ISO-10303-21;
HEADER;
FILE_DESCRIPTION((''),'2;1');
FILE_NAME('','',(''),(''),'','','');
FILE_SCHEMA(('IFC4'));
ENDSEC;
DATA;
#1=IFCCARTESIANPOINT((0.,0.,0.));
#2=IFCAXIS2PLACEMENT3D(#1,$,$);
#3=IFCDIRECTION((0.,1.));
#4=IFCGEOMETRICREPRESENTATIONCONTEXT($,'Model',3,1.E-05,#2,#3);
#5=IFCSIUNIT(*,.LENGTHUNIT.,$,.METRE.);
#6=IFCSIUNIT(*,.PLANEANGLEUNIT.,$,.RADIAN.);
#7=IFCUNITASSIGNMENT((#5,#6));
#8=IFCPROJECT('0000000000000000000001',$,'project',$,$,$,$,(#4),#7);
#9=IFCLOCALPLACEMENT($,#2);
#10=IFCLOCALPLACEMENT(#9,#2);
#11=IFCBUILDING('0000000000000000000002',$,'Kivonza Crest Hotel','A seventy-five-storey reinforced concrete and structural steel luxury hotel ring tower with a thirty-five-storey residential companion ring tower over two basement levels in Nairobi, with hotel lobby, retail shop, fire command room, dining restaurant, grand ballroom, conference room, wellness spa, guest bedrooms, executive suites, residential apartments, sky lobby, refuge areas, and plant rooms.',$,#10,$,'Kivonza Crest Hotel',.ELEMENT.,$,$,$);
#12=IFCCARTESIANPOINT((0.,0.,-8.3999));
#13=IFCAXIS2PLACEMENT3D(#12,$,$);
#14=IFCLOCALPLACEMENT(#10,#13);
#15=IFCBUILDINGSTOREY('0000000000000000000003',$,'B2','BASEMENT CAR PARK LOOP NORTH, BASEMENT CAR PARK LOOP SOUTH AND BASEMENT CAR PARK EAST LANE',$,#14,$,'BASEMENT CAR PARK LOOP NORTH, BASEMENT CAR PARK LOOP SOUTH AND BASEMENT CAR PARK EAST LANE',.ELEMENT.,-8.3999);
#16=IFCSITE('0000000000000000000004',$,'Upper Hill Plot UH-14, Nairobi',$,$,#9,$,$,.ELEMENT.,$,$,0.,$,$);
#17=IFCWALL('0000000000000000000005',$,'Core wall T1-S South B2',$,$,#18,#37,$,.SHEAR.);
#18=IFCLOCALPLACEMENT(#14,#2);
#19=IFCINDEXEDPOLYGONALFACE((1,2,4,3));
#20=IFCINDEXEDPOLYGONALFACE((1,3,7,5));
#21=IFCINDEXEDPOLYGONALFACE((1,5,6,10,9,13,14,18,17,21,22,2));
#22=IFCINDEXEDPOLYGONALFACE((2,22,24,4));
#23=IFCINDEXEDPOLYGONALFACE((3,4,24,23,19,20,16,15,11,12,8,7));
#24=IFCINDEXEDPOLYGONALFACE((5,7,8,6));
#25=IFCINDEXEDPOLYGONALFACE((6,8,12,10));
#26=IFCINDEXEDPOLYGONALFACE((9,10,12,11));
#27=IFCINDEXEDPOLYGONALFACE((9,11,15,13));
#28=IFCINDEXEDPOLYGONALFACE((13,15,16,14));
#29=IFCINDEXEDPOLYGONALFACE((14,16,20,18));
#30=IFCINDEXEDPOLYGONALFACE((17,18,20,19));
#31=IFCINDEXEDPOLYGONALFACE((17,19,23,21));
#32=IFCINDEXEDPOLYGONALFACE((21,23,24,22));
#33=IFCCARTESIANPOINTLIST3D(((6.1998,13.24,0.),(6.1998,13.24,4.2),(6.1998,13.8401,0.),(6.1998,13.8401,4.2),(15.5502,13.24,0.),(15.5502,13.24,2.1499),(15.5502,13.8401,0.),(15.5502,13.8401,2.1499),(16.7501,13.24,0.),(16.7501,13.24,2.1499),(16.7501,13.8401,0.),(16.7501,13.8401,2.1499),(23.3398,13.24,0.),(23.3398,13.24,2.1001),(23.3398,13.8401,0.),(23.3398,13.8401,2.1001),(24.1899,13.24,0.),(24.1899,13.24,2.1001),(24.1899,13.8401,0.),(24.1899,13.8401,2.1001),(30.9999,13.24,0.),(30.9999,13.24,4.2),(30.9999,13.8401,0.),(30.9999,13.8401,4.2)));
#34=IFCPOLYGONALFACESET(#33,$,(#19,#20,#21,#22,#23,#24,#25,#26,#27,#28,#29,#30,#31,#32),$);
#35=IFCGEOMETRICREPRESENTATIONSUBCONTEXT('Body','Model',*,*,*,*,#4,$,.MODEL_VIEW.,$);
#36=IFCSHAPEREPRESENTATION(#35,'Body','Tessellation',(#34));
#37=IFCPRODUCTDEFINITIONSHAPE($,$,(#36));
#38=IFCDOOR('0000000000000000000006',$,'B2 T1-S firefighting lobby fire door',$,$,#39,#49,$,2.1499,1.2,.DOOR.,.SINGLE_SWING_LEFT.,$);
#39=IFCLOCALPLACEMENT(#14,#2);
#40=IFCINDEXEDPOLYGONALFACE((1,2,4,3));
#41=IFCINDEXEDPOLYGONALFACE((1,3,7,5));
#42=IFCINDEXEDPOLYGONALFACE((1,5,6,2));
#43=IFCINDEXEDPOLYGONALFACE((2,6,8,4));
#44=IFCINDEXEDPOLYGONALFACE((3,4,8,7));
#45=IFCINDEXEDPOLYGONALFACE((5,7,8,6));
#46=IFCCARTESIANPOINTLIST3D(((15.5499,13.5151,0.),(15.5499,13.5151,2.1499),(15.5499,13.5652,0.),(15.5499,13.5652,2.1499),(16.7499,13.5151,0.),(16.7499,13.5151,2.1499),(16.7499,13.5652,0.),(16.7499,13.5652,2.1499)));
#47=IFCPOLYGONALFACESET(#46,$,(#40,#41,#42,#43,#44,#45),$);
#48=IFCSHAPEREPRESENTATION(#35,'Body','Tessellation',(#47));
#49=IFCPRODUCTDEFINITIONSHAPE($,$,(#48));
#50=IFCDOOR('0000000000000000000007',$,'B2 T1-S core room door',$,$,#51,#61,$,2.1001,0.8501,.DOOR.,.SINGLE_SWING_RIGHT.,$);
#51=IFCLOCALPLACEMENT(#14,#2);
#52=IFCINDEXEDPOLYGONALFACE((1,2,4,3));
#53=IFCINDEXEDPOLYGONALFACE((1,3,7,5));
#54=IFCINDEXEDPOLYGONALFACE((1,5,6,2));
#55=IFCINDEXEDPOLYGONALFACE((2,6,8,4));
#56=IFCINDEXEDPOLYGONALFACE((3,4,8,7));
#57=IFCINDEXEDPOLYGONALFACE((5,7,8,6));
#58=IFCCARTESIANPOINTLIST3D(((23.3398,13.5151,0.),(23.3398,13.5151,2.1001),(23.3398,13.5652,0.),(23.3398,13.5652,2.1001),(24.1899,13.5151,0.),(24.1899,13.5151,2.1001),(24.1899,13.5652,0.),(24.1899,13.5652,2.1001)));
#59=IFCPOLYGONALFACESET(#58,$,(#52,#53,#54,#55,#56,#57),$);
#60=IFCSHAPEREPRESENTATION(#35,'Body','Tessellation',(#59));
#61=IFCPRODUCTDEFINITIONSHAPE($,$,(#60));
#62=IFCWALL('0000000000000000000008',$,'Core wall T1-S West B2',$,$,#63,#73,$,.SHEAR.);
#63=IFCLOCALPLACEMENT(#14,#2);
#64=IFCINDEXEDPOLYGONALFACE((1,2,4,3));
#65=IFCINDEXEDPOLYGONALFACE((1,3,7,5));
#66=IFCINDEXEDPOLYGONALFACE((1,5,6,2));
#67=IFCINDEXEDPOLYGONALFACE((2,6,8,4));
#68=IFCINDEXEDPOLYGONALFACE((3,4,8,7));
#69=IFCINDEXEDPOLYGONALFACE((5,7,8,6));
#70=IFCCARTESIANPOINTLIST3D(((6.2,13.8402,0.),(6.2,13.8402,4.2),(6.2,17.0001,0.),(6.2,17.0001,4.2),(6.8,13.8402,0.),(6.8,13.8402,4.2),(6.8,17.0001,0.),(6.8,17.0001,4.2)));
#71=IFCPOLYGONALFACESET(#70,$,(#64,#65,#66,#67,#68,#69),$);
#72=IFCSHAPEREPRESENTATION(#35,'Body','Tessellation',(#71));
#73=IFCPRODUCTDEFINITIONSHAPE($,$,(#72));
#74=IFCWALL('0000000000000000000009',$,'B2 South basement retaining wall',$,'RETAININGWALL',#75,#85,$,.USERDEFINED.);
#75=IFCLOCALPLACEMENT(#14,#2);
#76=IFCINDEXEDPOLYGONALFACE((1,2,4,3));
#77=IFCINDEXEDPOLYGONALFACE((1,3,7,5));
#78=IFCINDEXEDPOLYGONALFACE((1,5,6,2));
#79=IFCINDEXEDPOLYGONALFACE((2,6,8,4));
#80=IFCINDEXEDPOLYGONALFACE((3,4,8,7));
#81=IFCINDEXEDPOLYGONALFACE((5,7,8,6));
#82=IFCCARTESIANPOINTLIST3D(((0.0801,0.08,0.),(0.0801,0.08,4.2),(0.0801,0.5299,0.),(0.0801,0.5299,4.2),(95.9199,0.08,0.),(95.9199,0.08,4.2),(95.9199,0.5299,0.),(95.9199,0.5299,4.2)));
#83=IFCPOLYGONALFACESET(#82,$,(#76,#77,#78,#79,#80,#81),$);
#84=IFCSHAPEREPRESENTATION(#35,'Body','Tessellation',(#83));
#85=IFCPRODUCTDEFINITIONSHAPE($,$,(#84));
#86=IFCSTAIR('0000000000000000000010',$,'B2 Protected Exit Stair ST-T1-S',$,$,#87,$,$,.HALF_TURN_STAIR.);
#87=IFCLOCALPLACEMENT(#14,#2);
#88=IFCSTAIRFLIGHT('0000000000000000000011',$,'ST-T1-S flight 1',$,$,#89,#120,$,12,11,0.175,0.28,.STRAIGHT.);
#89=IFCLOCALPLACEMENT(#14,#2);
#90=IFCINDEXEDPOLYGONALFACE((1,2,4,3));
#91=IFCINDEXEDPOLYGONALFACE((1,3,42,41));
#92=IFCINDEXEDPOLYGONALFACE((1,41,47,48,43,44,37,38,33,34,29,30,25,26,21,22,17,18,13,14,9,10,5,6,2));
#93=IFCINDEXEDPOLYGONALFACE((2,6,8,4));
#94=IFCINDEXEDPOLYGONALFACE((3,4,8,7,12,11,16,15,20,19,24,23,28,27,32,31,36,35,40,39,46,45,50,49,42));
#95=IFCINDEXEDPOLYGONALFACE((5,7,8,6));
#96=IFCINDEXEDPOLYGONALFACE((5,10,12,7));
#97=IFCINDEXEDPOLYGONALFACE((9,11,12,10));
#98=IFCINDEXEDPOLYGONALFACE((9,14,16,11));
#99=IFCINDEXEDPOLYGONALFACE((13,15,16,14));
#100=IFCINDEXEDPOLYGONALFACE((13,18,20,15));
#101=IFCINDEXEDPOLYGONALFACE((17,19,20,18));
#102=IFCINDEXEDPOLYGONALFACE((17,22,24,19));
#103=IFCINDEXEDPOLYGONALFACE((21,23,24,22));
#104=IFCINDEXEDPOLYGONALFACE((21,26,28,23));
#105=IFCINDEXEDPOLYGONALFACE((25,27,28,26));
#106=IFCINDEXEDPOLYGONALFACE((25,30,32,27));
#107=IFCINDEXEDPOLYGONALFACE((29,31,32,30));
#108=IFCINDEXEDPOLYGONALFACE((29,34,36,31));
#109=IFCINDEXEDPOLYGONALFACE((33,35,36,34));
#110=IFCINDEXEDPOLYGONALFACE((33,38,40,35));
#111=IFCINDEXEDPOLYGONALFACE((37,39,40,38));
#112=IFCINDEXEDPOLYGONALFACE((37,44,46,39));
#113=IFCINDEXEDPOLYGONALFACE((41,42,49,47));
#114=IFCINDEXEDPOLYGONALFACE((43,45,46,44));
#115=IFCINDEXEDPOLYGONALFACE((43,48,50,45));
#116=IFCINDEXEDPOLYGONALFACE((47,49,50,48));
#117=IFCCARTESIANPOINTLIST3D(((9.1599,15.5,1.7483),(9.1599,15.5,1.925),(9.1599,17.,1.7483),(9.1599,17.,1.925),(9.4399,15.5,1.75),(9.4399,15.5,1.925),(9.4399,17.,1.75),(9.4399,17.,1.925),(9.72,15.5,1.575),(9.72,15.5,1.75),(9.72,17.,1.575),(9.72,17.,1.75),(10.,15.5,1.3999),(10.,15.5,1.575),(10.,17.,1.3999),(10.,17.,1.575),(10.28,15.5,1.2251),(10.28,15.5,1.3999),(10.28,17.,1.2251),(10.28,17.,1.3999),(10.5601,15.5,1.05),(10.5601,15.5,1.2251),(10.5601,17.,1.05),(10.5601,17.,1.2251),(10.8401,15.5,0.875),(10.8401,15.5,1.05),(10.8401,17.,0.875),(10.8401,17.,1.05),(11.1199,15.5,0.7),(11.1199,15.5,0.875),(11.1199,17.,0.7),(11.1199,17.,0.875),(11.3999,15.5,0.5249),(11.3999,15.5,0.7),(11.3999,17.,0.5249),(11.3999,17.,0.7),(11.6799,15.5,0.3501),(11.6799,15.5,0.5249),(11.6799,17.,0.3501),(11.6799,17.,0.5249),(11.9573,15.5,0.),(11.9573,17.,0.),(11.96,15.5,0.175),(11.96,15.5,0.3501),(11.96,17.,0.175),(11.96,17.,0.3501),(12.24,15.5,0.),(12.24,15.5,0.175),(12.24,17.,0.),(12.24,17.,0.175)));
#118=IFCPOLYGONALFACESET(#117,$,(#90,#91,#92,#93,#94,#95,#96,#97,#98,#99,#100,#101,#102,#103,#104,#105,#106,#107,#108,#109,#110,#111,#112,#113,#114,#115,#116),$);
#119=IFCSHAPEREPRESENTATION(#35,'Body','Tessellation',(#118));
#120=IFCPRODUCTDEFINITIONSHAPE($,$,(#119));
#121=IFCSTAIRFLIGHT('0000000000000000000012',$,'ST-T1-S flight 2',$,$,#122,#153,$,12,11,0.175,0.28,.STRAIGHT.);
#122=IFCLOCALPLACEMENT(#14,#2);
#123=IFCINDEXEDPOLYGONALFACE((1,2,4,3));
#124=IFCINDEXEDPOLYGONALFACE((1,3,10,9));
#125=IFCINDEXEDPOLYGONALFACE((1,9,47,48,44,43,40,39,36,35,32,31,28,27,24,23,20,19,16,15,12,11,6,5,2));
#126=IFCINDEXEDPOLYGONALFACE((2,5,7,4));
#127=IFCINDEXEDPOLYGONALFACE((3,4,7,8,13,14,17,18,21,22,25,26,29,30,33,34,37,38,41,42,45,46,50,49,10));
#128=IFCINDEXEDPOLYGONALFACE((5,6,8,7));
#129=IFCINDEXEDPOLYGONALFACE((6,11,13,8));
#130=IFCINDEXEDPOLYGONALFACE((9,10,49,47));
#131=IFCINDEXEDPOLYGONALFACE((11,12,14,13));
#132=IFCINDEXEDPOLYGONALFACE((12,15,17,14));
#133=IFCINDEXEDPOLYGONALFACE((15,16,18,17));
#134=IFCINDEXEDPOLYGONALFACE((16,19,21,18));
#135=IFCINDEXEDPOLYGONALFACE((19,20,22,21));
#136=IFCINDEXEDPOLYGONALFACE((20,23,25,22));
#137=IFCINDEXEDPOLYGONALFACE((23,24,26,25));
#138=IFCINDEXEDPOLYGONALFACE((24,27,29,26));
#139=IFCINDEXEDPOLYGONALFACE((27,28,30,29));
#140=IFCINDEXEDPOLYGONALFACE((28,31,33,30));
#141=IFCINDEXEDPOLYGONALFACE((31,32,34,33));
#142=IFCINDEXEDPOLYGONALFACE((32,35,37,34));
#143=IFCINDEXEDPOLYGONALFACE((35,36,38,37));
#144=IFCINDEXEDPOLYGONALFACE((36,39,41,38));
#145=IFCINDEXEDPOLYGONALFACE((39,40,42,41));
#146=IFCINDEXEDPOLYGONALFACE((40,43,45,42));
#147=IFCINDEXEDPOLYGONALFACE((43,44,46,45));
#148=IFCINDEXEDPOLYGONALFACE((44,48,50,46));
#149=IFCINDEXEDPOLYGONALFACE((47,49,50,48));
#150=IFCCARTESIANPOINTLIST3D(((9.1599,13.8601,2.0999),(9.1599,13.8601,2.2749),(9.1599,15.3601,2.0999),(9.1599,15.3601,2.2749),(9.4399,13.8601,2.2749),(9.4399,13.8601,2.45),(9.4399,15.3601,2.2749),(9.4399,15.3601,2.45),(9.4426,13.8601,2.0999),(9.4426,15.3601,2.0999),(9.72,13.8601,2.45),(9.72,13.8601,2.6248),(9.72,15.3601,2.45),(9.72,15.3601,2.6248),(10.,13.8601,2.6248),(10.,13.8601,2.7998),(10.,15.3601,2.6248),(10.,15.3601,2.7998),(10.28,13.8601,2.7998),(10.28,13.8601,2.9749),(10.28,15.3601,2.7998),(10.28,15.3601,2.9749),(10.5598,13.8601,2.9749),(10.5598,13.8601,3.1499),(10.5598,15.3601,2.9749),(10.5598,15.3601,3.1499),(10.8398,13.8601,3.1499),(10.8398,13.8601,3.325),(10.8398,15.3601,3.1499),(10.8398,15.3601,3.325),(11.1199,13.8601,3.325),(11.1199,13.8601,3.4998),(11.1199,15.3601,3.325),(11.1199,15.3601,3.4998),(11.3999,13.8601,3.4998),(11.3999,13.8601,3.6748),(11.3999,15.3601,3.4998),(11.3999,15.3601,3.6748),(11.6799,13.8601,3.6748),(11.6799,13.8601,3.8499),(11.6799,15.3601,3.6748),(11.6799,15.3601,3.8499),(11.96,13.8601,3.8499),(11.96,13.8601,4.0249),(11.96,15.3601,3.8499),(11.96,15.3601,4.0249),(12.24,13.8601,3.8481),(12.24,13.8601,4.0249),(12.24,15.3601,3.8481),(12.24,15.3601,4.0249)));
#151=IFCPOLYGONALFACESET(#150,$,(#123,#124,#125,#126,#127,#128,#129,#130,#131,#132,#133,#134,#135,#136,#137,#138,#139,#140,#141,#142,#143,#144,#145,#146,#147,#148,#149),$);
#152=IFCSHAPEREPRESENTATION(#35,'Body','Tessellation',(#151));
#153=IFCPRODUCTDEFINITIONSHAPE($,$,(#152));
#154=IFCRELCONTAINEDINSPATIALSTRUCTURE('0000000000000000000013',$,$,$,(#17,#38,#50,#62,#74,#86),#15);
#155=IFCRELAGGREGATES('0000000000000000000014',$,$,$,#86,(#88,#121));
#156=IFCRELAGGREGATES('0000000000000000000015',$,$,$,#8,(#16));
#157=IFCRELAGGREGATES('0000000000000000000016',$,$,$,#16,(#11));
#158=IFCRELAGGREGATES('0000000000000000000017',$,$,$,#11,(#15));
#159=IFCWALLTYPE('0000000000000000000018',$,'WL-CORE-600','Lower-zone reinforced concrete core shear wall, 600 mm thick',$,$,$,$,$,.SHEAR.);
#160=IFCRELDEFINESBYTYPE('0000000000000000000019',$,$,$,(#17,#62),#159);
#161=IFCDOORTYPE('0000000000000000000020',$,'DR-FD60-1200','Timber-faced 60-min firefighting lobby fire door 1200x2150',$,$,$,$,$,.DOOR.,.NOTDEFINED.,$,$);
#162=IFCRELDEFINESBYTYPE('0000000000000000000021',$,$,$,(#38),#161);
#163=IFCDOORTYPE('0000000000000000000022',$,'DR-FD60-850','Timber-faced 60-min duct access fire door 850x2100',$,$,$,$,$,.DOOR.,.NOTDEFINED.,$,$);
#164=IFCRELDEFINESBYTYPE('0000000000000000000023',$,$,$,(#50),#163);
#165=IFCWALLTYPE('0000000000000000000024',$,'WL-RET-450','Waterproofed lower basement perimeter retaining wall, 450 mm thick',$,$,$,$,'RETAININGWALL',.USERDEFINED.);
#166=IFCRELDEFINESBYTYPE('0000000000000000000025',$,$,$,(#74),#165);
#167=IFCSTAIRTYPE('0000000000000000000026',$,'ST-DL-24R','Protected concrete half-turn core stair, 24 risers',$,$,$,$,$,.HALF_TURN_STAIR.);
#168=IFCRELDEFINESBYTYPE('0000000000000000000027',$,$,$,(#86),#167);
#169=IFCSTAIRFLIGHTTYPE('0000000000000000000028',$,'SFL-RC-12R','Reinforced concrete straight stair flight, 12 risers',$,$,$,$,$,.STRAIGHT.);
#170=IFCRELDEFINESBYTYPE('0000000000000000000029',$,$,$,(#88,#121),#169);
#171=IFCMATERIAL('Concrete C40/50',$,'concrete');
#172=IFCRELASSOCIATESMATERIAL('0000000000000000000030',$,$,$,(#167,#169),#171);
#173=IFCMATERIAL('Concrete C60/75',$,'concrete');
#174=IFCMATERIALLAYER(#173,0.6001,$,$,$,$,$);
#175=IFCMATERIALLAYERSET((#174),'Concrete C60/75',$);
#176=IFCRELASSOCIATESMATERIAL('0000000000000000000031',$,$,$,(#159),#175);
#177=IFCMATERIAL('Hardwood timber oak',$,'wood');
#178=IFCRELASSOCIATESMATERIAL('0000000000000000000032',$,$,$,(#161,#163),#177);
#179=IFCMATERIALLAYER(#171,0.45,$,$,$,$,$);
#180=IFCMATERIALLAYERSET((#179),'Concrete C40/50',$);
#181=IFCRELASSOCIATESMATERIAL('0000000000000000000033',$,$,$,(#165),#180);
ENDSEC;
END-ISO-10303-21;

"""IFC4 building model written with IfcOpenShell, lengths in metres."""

from ifc_helpers import new_model, si_unit, direction, frame, frame_2d, origin, place, context, subcontext, project, spatial, polyline, rectangle, outline, extrude, material, layer, layer_set, type_object, element, fill, aggregate, save


model = new_model("IFC4")

# Units and contexts
model_context = context("Model", 3, precision=1e-05, world=origin(), true_north=direction((0.0, 1.0)))
body_context = subcontext(model_context, "Body", "Model", "MODEL_VIEW")
ifc_project = project(units=[si_unit("LENGTHUNIT", "METRE"), si_unit("PLANEANGLEUNIT", "RADIAN")], contexts=[model_context])

# Site, building, storey
site_placement = place(None, origin())
site = spatial("IfcSite", under=ifc_project, at=site_placement, Name="Upper Hill Plot UH-14, Nairobi", CompositionType="ELEMENT", RefElevation=0.0)
building_placement = place(site_placement, origin())
building = spatial("IfcBuilding", under=site, at=building_placement, Name="Kivonza Crest Hotel", Description="A seventy-five-storey reinforced concrete and structural steel luxury hotel ring tower with a thirty-five-storey residential companion ring tower over two basement levels in Nairobi, with hotel lobby, retail shop, fire command room, dining restaurant, grand ballroom, conference room, wellness spa, guest bedrooms, executive suites, residential apartments, sky lobby, refuge areas, and plant rooms.", LongName="Kivonza Crest Hotel", CompositionType="ELEMENT")
storey_placement = place(building_placement, frame((0.0, 0.0, -8.3999)))
storey = spatial("IfcBuildingStorey", under=building, at=storey_placement, Name="B2", Description="BASEMENT CAR PARK LOOP NORTH, BASEMENT CAR PARK LOOP SOUTH AND BASEMENT CAR PARK EAST LANE", LongName="BASEMENT CAR PARK LOOP NORTH, BASEMENT CAR PARK LOOP SOUTH AND BASEMENT CAR PARK EAST LANE", CompositionType="ELEMENT", Elevation=-8.3999)

# Shared definitions
ifc_material_1 = material(Name="Concrete C40/50", Category="concrete")

# Shared definitions
ifc_material_2 = material(Name="Concrete C60/75", Category="concrete")

# Shared definitions
stair_type = type_object("IfcStairType", Name="ST-DL-24R", Description="Protected concrete half-turn core stair, 24 risers", PredefinedType="HALF_TURN_STAIR", material=ifc_material_1)

# Wall, openings, doors
ifc_layer_1 = layer(ifc_material_2, 0.6001)
ifc_layer_set_1 = layer_set([ifc_layer_1], Name="Concrete C60/75")
wall_type_1 = type_object("IfcWallType", Name="WL-CORE-600", Description="Lower-zone reinforced concrete core shear wall, 600 mm thick", PredefinedType="SHEAR", material=ifc_layer_set_1)
wall_1_placement = place(storey_placement, frame((6.2, 13.54, 0.0), z_axis=(0.0, 0.0, 1.0), x_axis=(1.0, 0.0, 0.0)))
wall_1 = element("IfcWall", 1, at=wall_1_placement, inside=storey, type_object=wall_type_1, Name="Core wall T1-S South B2", PredefinedType="SHEAR", context=body_context, shape_type="SweptSolid", body=[
    extrude(rectangle(XDim=24.8, YDim=0.6001, at=frame_2d((12.3999, 0.0))), origin(), (0.0, 0.0, 1.0), 4.2),
])
opening_1_placement = place(wall_1_placement, frame((9.3501, 0.0, 0.0)))
opening_1 = element("IfcOpeningElement", 2, at=opening_1_placement, cuts=wall_1, PredefinedType="OPENING", context=body_context, shape_type="SweptSolid", body=[
    extrude(rectangle(XDim=1.2, YDim=2.1499, at=frame_2d((0.6001, 1.075))), frame((0.0, 0.3101, 0.0), z_axis=(0.0, -1.0, 0.0), x_axis=(1.0, 0.0, 0.0)), (0.0, 0.0, 1.0), 0.6201),
])
opening_2_placement = place(wall_1_placement, frame((17.1399, 0.0, 0.0)))
opening_2 = element("IfcOpeningElement", 3, at=opening_2_placement, cuts=wall_1, PredefinedType="OPENING", context=body_context, shape_type="SweptSolid", body=[
    extrude(rectangle(XDim=0.8501, YDim=2.1001, at=frame_2d((0.425, 1.05))), frame((0.0, 0.3101, 0.0), z_axis=(0.0, -1.0, 0.0), x_axis=(1.0, 0.0, 0.0)), (0.0, 0.0, 1.0), 0.6201),
])
ifc_material_3 = material(Name="Hardwood timber oak", Category="wood")
door_type_1 = type_object("IfcDoorType", Name="DR-FD60-1200", Description="Timber-faced 60-min firefighting lobby fire door 1200x2150", OperationType="NOTDEFINED", PredefinedType="DOOR", material=ifc_material_3)
door_1_placement = place(opening_1_placement, frame((1.2, 0.0, 0.0), z_axis=(0.0, 0.0, 1.0), x_axis=(-1.0, 0.0, 0.0)))
door_1 = element("IfcDoor", 4, at=door_1_placement, inside=storey, type_object=door_type_1, Name="B2 T1-S firefighting lobby fire door", OperationType="SINGLE_SWING_LEFT", OverallHeight=2.1499, OverallWidth=1.2, PredefinedType="DOOR", context=body_context, shape_type="SweptSolid", body=[
    extrude(rectangle(XDim=1.2, YDim=2.1499, at=frame_2d((0.6001, 1.075))), frame((0.0, 0.0249, 0.0), z_axis=(0.0, -1.0, 0.0), x_axis=(1.0, 0.0, 0.0)), (0.0, 0.0, 1.0), 0.05),
])
fill(opening_1, door_1)
door_type_2 = type_object("IfcDoorType", Name="DR-FD60-850", Description="Timber-faced 60-min duct access fire door 850x2100", OperationType="NOTDEFINED", PredefinedType="DOOR", material=ifc_material_3)
door_2_placement = place(opening_2_placement, frame((0.8501, 0.0, 0.0), z_axis=(0.0, 0.0, 1.0), x_axis=(-1.0, 0.0, 0.0)))
door_2 = element("IfcDoor", 5, at=door_2_placement, inside=storey, type_object=door_type_2, Name="B2 T1-S core room door", OperationType="SINGLE_SWING_RIGHT", OverallHeight=2.1001, OverallWidth=0.8501, PredefinedType="DOOR", context=body_context, shape_type="SweptSolid", body=[
    extrude(rectangle(XDim=0.8501, YDim=2.1001, at=frame_2d((0.425, 1.05))), frame((0.0, 0.0249, 0.0), z_axis=(0.0, -1.0, 0.0), x_axis=(1.0, 0.0, 0.0)), (0.0, 0.0, 1.0), 0.05),
])
fill(opening_2, door_2)

# Walls
wall_2_placement = place(storey_placement, frame((6.5, 13.8401, 0.0), z_axis=(0.0, 0.0, 1.0), x_axis=(0.0, 1.0, 0.0)))
element("IfcWall", 6, at=wall_2_placement, inside=storey, type_object=wall_type_1, Name="Core wall T1-S West B2", PredefinedType="SHEAR", context=body_context, shape_type="SweptSolid", body=[
    extrude(rectangle(XDim=3.1599, YDim=0.6001, at=frame_2d((1.5801, 0.0))), origin(), (0.0, 0.0, 1.0), 4.2),
])
ifc_layer_2 = layer(ifc_material_1, 0.45)
ifc_layer_set_2 = layer_set([ifc_layer_2], Name="Concrete C40/50")
wall_type_2 = type_object("IfcWallType", Name="WL-RET-450", Description="Waterproofed lower basement perimeter retaining wall, 450 mm thick", ElementType="RETAININGWALL", PredefinedType="USERDEFINED", material=ifc_layer_set_2)
wall_3_placement = place(storey_placement, frame((0.0801, 0.3049, 0.0), z_axis=(0.0, 0.0, 1.0), x_axis=(1.0, 0.0, 0.0)))
element("IfcWall", 7, at=wall_3_placement, inside=storey, type_object=wall_type_2, Name="B2 South basement retaining wall", ObjectType="RETAININGWALL", PredefinedType="USERDEFINED", context=body_context, shape_type="SweptSolid", body=[
    extrude(rectangle(XDim=95.8398, YDim=0.45, at=frame_2d((47.9199, 0.0))), origin(), (0.0, 0.0, 1.0), 4.2),
])

# Stair, stair flights
stair_1_placement = place(storey_placement, origin())
stair_1 = element("IfcStair", 8, at=stair_1_placement, inside=storey, type_object=stair_type, Name="B2 Protected Exit Stair ST-T1-S", PredefinedType="HALF_TURN_STAIR")
stair_flight_type = type_object("IfcStairFlightType", Name="SFL-RC-12R", Description="Reinforced concrete straight stair flight, 12 risers", PredefinedType="STRAIGHT", material=ifc_material_1)
stair_flight_1_placement = place(storey_placement, frame((12.24, 16.25, 0.0), z_axis=(0.0, 0.0, 1.0), x_axis=(-1.0, 0.0, 0.0)))
stair_flight_1 = element("IfcStairFlight", 9, at=stair_flight_1_placement, type_object=stair_flight_type, Name="ST-T1-S flight 1", NumberOfRisers=12, NumberOfTreads=11, PredefinedType="STRAIGHT", RiserHeight=0.175, TreadLength=0.28, context=body_context, shape_type="SweptSolid", body=[
    extrude(outline(polyline([(0.0, 0.0), (0.0, 0.175), (0.28, 0.175), (0.28, 0.3501), (0.5601, 0.3501), (0.5601, 0.5249), (0.8401, 0.5249), (0.8401, 0.7), (1.1201, 0.7), (1.1201, 0.875), (1.3999, 0.875), (1.3999, 1.05), (1.6799, 1.05), (1.6799, 1.2251), (1.96, 1.2251), (1.96, 1.3999), (2.24, 1.3999), (2.24, 1.575), (2.52, 1.575), (2.52, 1.75), (2.8, 1.75), (2.8, 1.925), (3.0801, 1.925), (3.0801, 2.1001), (3.0801, 1.7483), (0.2827, 0.0), (0.0, 0.0)])), frame((0.0, 0.75, 0.0), z_axis=(0.0, -1.0, 0.0), x_axis=(1.0, 0.0, 0.0)), (0.0, 0.0, 1.0), 1.5),
])
stair_flight_2_placement = place(storey_placement, frame((9.1599, 14.6101, 2.0999), z_axis=(0.0, 0.0, 1.0), x_axis=(1.0, 0.0, 0.0)))
stair_flight_2 = element("IfcStairFlight", 10, at=stair_flight_2_placement, type_object=stair_flight_type, Name="ST-T1-S flight 2", NumberOfRisers=12, NumberOfTreads=11, PredefinedType="STRAIGHT", RiserHeight=0.175, TreadLength=0.28, context=body_context, shape_type="SweptSolid", body=[
    extrude(outline(polyline([(0.0, 0.0), (0.0, 0.175), (0.28, 0.175), (0.28, 0.3501), (0.5601, 0.3501), (0.5601, 0.5249), (0.8401, 0.5249), (0.8401, 0.7), (1.1201, 0.7), (1.1201, 0.875), (1.3999, 0.875), (1.3999, 1.05), (1.6799, 1.05), (1.6799, 1.2251), (1.96, 1.2251), (1.96, 1.3999), (2.24, 1.3999), (2.24, 1.575), (2.52, 1.575), (2.52, 1.75), (2.8, 1.75), (2.8, 1.925), (3.0801, 1.925), (3.0801, 2.1001), (3.0801, 1.7483), (0.2827, 0.0), (0.0, 0.0)])), frame((0.0, 0.75, 0.0), z_axis=(0.0, -1.0, 0.0), x_axis=(1.0, 0.0, 0.0)), (0.0, 0.0, 1.0), 1.5),
])
aggregate(stair_1, [stair_flight_1, stair_flight_2])

save(model, "model.ifc")
